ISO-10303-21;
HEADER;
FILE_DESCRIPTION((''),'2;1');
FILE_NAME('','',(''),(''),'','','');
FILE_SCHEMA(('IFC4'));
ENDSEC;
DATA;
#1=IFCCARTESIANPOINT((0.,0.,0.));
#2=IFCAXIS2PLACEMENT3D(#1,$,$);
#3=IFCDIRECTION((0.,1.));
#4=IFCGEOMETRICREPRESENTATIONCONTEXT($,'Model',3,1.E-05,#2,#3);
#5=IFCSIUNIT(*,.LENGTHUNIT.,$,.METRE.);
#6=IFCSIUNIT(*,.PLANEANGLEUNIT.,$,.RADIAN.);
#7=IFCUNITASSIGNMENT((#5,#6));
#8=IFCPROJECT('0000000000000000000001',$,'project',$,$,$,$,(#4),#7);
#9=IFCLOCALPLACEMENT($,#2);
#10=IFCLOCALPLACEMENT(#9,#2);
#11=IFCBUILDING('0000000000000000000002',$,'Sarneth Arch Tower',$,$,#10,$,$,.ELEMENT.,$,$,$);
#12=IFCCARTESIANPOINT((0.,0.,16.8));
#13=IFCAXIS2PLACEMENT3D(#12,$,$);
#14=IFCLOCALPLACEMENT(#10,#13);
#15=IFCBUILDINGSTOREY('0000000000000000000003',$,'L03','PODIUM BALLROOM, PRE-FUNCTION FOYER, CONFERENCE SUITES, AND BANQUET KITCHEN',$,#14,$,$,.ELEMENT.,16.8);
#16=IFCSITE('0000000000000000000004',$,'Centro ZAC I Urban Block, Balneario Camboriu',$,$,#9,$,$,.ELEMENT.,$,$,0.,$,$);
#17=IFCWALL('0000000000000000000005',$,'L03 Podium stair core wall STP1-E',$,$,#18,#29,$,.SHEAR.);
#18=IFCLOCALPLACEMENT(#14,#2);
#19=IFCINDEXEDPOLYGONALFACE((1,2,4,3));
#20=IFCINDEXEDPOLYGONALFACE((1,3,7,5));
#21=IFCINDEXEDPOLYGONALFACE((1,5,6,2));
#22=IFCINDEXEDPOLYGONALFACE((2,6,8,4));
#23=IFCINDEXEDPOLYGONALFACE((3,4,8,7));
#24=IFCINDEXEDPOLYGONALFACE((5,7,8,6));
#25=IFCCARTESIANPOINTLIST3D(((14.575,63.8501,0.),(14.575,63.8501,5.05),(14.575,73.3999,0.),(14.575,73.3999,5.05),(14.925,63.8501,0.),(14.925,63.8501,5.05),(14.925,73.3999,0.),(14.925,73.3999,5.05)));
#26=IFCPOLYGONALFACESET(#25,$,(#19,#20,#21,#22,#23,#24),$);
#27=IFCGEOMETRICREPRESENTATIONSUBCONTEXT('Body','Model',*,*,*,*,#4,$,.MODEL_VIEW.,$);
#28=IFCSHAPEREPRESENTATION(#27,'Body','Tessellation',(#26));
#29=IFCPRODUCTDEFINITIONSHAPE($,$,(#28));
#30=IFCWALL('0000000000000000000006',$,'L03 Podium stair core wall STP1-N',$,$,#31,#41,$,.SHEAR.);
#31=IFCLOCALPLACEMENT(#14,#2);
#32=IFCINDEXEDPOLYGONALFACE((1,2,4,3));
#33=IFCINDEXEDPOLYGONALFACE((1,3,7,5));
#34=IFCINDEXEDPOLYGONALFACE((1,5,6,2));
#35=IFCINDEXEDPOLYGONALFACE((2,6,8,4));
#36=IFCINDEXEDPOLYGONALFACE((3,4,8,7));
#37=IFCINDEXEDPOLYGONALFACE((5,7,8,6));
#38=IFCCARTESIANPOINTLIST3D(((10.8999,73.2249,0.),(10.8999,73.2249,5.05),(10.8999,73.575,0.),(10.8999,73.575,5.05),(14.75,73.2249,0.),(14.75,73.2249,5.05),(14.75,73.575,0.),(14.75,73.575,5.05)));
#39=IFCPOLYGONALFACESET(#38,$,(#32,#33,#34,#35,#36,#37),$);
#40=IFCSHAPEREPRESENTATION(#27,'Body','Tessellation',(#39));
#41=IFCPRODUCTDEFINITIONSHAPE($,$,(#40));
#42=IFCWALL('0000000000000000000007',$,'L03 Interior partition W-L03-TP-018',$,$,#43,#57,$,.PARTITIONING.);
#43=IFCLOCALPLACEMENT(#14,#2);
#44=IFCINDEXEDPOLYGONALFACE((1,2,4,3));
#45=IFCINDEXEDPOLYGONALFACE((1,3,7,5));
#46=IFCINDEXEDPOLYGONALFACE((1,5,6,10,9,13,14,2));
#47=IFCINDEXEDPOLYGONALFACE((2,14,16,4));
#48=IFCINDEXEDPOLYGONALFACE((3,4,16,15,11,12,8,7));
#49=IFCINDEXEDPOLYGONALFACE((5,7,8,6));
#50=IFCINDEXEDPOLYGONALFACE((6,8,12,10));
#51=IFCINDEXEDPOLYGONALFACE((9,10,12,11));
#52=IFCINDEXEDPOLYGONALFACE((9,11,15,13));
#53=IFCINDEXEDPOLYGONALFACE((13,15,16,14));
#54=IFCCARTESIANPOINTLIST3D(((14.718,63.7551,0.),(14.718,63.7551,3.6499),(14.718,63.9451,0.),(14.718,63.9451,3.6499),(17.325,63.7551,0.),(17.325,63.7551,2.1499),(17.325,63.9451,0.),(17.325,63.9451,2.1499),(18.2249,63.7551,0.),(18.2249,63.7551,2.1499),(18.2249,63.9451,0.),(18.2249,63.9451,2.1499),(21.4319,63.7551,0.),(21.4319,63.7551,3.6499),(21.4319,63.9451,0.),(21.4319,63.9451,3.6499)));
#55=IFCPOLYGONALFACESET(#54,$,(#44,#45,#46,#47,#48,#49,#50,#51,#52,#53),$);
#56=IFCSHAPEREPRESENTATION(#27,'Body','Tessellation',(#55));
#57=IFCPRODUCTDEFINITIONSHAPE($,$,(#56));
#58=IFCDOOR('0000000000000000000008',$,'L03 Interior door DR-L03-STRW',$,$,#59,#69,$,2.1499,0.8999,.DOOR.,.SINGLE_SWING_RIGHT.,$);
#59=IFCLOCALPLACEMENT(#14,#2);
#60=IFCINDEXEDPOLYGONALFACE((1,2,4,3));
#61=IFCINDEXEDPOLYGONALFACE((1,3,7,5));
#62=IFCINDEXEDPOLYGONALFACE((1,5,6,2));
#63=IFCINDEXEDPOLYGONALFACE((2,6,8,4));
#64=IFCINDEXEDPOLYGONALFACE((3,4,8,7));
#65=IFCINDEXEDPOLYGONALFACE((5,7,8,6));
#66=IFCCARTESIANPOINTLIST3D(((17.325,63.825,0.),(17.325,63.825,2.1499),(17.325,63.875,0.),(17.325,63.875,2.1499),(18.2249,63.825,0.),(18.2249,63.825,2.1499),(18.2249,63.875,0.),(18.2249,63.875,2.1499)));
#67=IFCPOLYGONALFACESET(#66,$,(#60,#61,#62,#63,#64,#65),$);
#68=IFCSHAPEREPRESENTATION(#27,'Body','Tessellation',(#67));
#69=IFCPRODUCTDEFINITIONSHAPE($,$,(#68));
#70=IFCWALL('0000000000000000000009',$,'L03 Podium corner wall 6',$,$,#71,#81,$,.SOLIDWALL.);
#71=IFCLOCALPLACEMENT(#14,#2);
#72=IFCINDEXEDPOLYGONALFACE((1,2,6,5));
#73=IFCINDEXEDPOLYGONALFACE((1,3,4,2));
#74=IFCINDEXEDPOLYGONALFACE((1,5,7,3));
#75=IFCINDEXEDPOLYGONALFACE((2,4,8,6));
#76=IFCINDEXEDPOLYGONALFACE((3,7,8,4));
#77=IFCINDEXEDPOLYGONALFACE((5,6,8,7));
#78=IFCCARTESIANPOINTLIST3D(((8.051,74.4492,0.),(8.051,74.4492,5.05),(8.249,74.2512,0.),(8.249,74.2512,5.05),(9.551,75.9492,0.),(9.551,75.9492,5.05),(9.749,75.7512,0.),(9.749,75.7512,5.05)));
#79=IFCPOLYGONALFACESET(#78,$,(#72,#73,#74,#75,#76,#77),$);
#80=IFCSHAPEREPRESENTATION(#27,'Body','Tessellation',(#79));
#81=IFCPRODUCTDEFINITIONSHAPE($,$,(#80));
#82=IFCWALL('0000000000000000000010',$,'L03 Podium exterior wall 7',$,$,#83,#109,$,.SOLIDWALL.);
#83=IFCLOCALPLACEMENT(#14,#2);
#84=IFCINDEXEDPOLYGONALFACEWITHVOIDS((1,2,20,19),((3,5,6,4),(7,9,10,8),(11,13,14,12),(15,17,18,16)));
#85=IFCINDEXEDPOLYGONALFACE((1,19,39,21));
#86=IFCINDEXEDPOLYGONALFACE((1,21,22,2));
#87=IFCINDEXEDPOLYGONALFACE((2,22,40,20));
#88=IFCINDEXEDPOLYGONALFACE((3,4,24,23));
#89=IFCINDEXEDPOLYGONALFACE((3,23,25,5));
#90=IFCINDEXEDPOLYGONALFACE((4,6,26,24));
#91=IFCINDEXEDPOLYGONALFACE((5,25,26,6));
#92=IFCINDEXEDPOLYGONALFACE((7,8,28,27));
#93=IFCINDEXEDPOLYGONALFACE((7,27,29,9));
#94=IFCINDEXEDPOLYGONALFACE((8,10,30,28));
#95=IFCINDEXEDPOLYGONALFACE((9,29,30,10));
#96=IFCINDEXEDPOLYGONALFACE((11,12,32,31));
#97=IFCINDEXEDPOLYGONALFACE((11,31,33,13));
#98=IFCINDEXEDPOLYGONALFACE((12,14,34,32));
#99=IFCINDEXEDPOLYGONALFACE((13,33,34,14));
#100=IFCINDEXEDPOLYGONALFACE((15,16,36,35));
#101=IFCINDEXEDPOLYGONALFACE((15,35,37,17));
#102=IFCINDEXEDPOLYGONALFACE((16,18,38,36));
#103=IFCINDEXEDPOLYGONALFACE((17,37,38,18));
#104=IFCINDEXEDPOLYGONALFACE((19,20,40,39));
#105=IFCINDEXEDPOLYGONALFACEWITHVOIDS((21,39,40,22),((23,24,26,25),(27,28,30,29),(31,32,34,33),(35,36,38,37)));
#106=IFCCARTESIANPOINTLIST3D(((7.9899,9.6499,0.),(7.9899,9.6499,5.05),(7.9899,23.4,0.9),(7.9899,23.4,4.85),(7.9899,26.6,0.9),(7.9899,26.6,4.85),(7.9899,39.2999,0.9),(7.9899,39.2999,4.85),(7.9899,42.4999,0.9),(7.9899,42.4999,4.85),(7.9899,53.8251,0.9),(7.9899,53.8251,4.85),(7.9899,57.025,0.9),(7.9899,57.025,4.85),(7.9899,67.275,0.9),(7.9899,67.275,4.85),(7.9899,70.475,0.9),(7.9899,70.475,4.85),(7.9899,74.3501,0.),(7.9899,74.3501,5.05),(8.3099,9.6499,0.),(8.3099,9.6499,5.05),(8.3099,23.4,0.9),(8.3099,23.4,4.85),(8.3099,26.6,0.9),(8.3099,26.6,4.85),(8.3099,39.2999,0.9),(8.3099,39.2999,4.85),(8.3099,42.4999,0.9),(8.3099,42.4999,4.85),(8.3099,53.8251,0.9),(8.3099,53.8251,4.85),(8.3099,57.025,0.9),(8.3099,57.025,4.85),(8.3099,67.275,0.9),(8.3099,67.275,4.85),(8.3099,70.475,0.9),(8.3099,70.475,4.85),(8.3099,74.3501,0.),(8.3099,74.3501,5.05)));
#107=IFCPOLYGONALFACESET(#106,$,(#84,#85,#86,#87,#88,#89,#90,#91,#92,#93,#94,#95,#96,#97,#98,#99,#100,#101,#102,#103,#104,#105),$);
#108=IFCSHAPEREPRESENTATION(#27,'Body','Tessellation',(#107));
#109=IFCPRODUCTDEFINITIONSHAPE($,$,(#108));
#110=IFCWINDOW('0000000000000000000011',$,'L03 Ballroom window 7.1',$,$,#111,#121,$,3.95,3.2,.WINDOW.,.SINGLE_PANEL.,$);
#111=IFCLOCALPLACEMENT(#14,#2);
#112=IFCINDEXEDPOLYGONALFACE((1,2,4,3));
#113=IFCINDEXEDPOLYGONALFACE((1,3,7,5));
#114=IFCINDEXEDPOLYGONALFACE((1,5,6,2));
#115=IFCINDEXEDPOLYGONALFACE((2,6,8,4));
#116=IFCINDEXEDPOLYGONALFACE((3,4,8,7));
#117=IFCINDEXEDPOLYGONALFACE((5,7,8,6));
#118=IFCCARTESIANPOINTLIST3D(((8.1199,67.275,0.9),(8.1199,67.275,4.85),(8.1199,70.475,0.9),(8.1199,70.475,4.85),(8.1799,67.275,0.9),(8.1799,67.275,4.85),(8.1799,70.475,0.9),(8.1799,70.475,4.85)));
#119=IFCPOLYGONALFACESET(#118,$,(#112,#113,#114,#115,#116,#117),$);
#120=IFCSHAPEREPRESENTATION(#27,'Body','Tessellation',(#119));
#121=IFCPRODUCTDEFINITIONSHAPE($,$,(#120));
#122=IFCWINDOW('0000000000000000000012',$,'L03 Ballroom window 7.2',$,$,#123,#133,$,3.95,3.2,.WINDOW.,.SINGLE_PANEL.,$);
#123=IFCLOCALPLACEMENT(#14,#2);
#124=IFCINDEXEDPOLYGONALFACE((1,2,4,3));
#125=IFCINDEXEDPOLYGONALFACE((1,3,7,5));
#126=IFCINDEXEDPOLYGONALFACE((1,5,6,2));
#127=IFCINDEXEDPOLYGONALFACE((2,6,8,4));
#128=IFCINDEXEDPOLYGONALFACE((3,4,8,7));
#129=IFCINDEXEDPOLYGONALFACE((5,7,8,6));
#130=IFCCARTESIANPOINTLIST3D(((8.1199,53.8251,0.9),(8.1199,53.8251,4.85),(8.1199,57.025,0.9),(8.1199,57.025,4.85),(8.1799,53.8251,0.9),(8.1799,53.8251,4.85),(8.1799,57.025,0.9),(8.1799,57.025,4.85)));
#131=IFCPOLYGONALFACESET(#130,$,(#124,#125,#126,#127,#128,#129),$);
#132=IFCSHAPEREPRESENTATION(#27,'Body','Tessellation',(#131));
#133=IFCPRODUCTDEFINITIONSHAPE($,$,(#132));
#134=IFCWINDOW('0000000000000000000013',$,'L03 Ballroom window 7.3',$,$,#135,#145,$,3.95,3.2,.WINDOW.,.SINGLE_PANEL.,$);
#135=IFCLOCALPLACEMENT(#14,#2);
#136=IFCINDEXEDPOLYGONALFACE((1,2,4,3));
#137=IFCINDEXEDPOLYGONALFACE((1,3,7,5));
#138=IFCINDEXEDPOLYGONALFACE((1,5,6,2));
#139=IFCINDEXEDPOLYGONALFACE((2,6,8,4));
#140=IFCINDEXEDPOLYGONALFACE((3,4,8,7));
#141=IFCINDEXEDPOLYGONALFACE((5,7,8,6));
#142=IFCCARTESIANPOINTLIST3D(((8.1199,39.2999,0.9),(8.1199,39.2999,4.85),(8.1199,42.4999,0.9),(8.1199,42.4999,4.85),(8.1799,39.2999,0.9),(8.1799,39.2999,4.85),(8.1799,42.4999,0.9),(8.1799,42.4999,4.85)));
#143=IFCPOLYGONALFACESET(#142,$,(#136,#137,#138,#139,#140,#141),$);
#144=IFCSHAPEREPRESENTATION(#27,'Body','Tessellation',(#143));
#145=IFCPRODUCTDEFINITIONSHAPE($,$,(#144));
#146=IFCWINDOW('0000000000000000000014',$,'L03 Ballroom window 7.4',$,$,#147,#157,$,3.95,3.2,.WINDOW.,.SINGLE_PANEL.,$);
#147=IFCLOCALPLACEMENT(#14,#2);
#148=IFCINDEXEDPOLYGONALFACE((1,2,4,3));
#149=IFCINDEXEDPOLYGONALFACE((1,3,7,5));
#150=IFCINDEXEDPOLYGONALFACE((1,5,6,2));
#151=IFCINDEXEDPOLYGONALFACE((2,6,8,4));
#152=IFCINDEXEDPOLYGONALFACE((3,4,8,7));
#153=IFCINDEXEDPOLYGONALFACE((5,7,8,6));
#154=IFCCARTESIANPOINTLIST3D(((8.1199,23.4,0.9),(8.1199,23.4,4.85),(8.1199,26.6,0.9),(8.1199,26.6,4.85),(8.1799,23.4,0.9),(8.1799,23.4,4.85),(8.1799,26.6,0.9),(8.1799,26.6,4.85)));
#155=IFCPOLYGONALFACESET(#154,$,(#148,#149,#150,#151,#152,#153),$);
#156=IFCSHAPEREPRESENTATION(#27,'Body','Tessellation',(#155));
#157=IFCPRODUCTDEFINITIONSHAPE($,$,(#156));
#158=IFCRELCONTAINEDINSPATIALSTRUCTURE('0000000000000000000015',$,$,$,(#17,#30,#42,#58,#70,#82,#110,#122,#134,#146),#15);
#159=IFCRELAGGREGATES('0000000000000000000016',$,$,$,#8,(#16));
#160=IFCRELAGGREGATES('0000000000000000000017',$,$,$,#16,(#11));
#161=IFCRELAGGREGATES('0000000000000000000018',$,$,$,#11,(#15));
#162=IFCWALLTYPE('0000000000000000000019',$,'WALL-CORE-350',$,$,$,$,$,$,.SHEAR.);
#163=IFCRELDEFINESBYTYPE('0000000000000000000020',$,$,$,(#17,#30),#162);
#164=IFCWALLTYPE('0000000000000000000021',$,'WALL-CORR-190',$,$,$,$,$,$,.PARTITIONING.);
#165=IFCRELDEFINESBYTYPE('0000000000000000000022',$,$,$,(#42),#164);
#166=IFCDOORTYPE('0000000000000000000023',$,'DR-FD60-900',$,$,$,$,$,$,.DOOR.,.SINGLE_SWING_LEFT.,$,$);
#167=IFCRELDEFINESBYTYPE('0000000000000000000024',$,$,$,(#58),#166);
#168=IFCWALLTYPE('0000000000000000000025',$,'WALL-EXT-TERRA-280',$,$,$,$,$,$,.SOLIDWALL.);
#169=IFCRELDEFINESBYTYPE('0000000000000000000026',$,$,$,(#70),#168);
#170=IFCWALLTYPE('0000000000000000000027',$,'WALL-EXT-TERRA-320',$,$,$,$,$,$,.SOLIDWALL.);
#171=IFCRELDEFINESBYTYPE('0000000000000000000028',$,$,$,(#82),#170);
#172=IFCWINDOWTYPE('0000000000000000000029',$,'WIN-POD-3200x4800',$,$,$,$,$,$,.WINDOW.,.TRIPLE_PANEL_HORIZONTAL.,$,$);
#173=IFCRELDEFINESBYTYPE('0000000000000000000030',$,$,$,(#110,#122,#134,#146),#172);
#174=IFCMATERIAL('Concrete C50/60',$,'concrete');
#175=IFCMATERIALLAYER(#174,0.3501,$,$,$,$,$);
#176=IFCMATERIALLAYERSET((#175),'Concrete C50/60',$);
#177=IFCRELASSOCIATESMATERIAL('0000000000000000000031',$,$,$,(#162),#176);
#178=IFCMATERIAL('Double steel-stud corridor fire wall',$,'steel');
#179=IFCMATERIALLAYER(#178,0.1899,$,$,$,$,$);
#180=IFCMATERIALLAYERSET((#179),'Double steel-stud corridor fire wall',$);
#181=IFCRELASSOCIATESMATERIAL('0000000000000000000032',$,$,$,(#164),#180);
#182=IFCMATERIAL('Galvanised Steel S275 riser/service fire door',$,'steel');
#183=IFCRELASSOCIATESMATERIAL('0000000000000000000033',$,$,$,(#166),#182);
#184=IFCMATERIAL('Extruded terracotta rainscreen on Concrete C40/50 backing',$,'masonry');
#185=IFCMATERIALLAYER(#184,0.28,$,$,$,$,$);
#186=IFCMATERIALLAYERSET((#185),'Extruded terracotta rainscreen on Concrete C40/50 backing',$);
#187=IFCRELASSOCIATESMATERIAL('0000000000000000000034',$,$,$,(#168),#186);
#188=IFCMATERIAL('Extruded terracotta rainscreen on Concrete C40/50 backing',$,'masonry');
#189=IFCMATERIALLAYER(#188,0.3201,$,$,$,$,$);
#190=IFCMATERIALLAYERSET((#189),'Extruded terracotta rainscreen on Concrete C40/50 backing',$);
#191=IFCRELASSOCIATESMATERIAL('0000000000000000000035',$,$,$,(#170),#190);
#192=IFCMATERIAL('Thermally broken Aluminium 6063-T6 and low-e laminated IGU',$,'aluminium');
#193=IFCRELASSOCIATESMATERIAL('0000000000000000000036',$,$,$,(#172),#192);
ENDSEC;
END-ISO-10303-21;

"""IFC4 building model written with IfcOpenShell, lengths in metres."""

from ifc_helpers import new_model, si_unit, direction, frame, frame_2d, origin, place, context, subcontext, project, spatial, rectangle, extrude, material, layer, layer_set, type_object, element, fill, save


model = new_model("IFC4")

# Units and contexts
model_context = context("Model", 3, precision=1e-05, world=origin(), true_north=direction((0.0, 1.0)))
body_context = subcontext(model_context, "Body", "Model", "MODEL_VIEW")
ifc_project = project(units=[si_unit("LENGTHUNIT", "METRE"), si_unit("PLANEANGLEUNIT", "RADIAN")], contexts=[model_context])

# Site, building, storey
site_placement = place(None, origin())
site = spatial("IfcSite", under=ifc_project, at=site_placement, Name="Centro ZAC I Urban Block, Balneario Camboriu", CompositionType="ELEMENT", RefElevation=0.0)
building_placement = place(site_placement, origin())
building = spatial("IfcBuilding", under=site, at=building_placement, Name="Sarneth Arch Tower", CompositionType="ELEMENT")
storey_placement = place(building_placement, frame((0.0, 0.0, 16.8)))
storey = spatial("IfcBuildingStorey", under=building, at=storey_placement, Name="L03", Description="PODIUM BALLROOM, PRE-FUNCTION FOYER, CONFERENCE SUITES, AND BANQUET KITCHEN", CompositionType="ELEMENT", Elevation=16.8)

# Walls
ifc_material_1 = material(Name="Concrete C50/60", Category="concrete")
ifc_layer_1 = layer(ifc_material_1, 0.3501)
ifc_layer_set_1 = layer_set([ifc_layer_1], Name="Concrete C50/60")
wall_type_1 = type_object("IfcWallType", Name="WALL-CORE-350", PredefinedType="SHEAR", material=ifc_layer_set_1)
wall_1_placement = place(storey_placement, frame((14.75, 63.8501, 0.0), z_axis=(0.0, 0.0, 1.0), x_axis=(0.0, 1.0, 0.0)))
element("IfcWall", 1, at=wall_1_placement, inside=storey, type_object=wall_type_1, Name="L03 Podium stair core wall STP1-E", PredefinedType="SHEAR", context=body_context, shape_type="SweptSolid", body=[
    extrude(rectangle(XDim=9.5498, YDim=0.3501, at=frame_2d((4.7749, 0.0))), origin(), (0.0, 0.0, 1.0), 5.05),
])
wall_2_placement = place(storey_placement, frame((10.8999, 73.3999, 0.0), z_axis=(0.0, 0.0, 1.0), x_axis=(1.0, 0.0, 0.0)))
element("IfcWall", 2, at=wall_2_placement, inside=storey, type_object=wall_type_1, Name="L03 Podium stair core wall STP1-N", PredefinedType="SHEAR", context=body_context, shape_type="SweptSolid", body=[
    extrude(rectangle(XDim=3.8501, YDim=0.3501, at=frame_2d((1.925, 0.0))), origin(), (0.0, 0.0, 1.0), 5.05),
])

# Wall, opening, door
ifc_material_2 = material(Name="Double steel-stud corridor fire wall", Category="steel")
ifc_layer_2 = layer(ifc_material_2, 0.1899)
ifc_layer_set_2 = layer_set([ifc_layer_2], Name="Double steel-stud corridor fire wall")
wall_type_2 = type_object("IfcWallType", Name="WALL-CORR-190", PredefinedType="PARTITIONING", material=ifc_layer_set_2)
wall_3_placement = place(storey_placement, frame((14.718, 63.8501, 0.0), z_axis=(0.0, 0.0, 1.0), x_axis=(1.0, 0.0, 0.0)))
wall_3 = element("IfcWall", 3, at=wall_3_placement, inside=storey, type_object=wall_type_2, Name="L03 Interior partition W-L03-TP-018", PredefinedType="PARTITIONING", context=body_context, shape_type="SweptSolid", body=[
    extrude(rectangle(XDim=6.7139, YDim=0.1899, at=frame_2d((3.3569, 0.0))), origin(), (0.0, 0.0, 1.0), 3.6499),
])
opening_1_placement = place(wall_3_placement, frame((2.6069, 0.0, 0.0)))
opening_1 = element("IfcOpeningElement", 4, at=opening_1_placement, cuts=wall_3, PredefinedType="OPENING", context=body_context, shape_type="SweptSolid", body=[
    extrude(rectangle(XDim=0.8999, YDim=2.1499, at=frame_2d((0.45, 1.075))), frame((0.0, 0.105, 0.0), z_axis=(0.0, -1.0, 0.0), x_axis=(1.0, 0.0, 0.0)), (0.0, 0.0, 1.0), 0.21),
])
ifc_material_3 = material(Name="Galvanised Steel S275 riser/service fire door", Category="steel")
door_type = type_object("IfcDoorType", Name="DR-FD60-900", OperationType="SINGLE_SWING_LEFT", PredefinedType="DOOR", material=ifc_material_3)
door_placement = place(opening_1_placement, origin())
door = element("IfcDoor", 5, at=door_placement, inside=storey, type_object=door_type, Name="L03 Interior door DR-L03-STRW", OperationType="SINGLE_SWING_RIGHT", OverallHeight=2.1499, OverallWidth=0.8999, PredefinedType="DOOR", context=body_context, shape_type="SweptSolid", body=[
    extrude(rectangle(XDim=0.8999, YDim=2.1499, at=frame_2d((0.45, 1.075))), frame((0.0, 0.0249, 0.0), z_axis=(0.0, -1.0, 0.0), x_axis=(1.0, 0.0, 0.0)), (0.0, 0.0, 1.0), 0.05),
])
fill(opening_1, door)

# Wall
ifc_material_4 = material(Name="Extruded terracotta rainscreen on Concrete C40/50 backing", Category="masonry")
ifc_layer_3 = layer(ifc_material_4, 0.28)
ifc_layer_set_3 = layer_set([ifc_layer_3], Name="Extruded terracotta rainscreen on Concrete C40/50 backing")
wall_type_3 = type_object("IfcWallType", Name="WALL-EXT-TERRA-280", PredefinedType="SOLIDWALL", material=ifc_layer_set_3)
wall_4_placement = place(storey_placement, frame((9.6499, 75.8501, 0.0), z_axis=(0.0, 0.0, 1.0), x_axis=(-0.707107, -0.707107, 0.0)))
element("IfcWall", 6, at=wall_4_placement, inside=storey, type_object=wall_type_3, Name="L03 Podium corner wall 6", PredefinedType="SOLIDWALL", context=body_context, shape_type="SweptSolid", body=[
    extrude(rectangle(XDim=2.1213, YDim=0.28, at=frame_2d((1.0605, 0.0))), origin(), (0.0, 0.0, 1.0), 5.05),
])

# Wall, openings, windows
ifc_material_5 = material(Name="Extruded terracotta rainscreen on Concrete C40/50 backing", Category="masonry")
ifc_layer_4 = layer(ifc_material_5, 0.3201)
ifc_layer_set_4 = layer_set([ifc_layer_4], Name="Extruded terracotta rainscreen on Concrete C40/50 backing")
wall_type_4 = type_object("IfcWallType", Name="WALL-EXT-TERRA-320", PredefinedType="SOLIDWALL", material=ifc_layer_set_4)
wall_5_placement = place(storey_placement, frame((8.1499, 74.3501, 0.0), z_axis=(0.0, 0.0, 1.0), x_axis=(0.0, -1.0, 0.0)))
wall_5 = element("IfcWall", 7, at=wall_5_placement, inside=storey, type_object=wall_type_4, Name="L03 Podium exterior wall 7", PredefinedType="SOLIDWALL", context=body_context, shape_type="SweptSolid", body=[
    extrude(rectangle(XDim=64.7002, YDim=0.3201, at=frame_2d((32.3501, 0.0))), origin(), (0.0, 0.0, 1.0), 5.05),
])
opening_2_placement = place(wall_5_placement, frame((3.875, 0.0, 0.8999)))
opening_2 = element("IfcOpeningElement", 8, at=opening_2_placement, cuts=wall_5, PredefinedType="OPENING", context=body_context, shape_type="SweptSolid", body=[
    extrude(rectangle(XDim=3.2, YDim=3.95, at=frame_2d((1.6001, 1.9751))), frame((0.0, 0.1699, 0.0), z_axis=(0.0, -1.0, 0.0), x_axis=(1.0, 0.0, 0.0)), (0.0, 0.0, 1.0), 0.3401),
])
opening_3_placement = place(wall_5_placement, frame((17.325, 0.0, 0.8999)))
opening_3 = element("IfcOpeningElement", 9, at=opening_3_placement, cuts=wall_5, PredefinedType="OPENING", context=body_context, shape_type="SweptSolid", body=[
    extrude(rectangle(XDim=3.2, YDim=3.95, at=frame_2d((1.6001, 1.9751))), frame((0.0, 0.1699, 0.0), z_axis=(0.0, -1.0, 0.0), x_axis=(1.0, 0.0, 0.0)), (0.0, 0.0, 1.0), 0.3401),
])
opening_4_placement = place(wall_5_placement, frame((31.8501, 0.0, 0.8999)))
opening_4 = element("IfcOpeningElement", 10, at=opening_4_placement, cuts=wall_5, PredefinedType="OPENING", context=body_context, shape_type="SweptSolid", body=[
    extrude(rectangle(XDim=3.2, YDim=3.95, at=frame_2d((1.6001, 1.9751))), frame((0.0, 0.1699, 0.0), z_axis=(0.0, -1.0, 0.0), x_axis=(1.0, 0.0, 0.0)), (0.0, 0.0, 1.0), 0.3401),
])
opening_5_placement = place(wall_5_placement, frame((47.75, 0.0, 0.8999)))
opening_5 = element("IfcOpeningElement", 11, at=opening_5_placement, cuts=wall_5, PredefinedType="OPENING", context=body_context, shape_type="SweptSolid", body=[
    extrude(rectangle(XDim=3.2, YDim=3.95, at=frame_2d((1.6001, 1.9751))), frame((0.0, 0.1699, 0.0), z_axis=(0.0, -1.0, 0.0), x_axis=(1.0, 0.0, 0.0)), (0.0, 0.0, 1.0), 0.3401),
])
ifc_material_6 = material(Name="Thermally broken Aluminium 6063-T6 and low-e laminated IGU", Category="aluminium")
window_type = type_object("IfcWindowType", Name="WIN-POD-3200x4800", PartitioningType="TRIPLE_PANEL_HORIZONTAL", PredefinedType="WINDOW", material=ifc_material_6)
window_1_placement = place(opening_2_placement, origin())
window_1 = element("IfcWindow", 12, at=window_1_placement, inside=storey, type_object=window_type, Name="L03 Ballroom window 7.1", OverallHeight=3.95, OverallWidth=3.2, PartitioningType="SINGLE_PANEL", PredefinedType="WINDOW", context=body_context, shape_type="SweptSolid", body=[
    extrude(rectangle(XDim=3.2, YDim=3.95, at=frame_2d((1.6001, 1.9751))), frame((0.0, 0.03, 0.0), z_axis=(0.0, -1.0, 0.0), x_axis=(1.0, 0.0, 0.0)), (0.0, 0.0, 1.0), 0.0601),
])
fill(opening_2, window_1)
window_2_placement = place(opening_3_placement, origin())
window_2 = element("IfcWindow", 13, at=window_2_placement, inside=storey, type_object=window_type, Name="L03 Ballroom window 7.2", OverallHeight=3.95, OverallWidth=3.2, PartitioningType="SINGLE_PANEL", PredefinedType="WINDOW", context=body_context, shape_type="SweptSolid", body=[
    extrude(rectangle(XDim=3.2, YDim=3.95, at=frame_2d((1.6001, 1.9751))), frame((0.0, 0.03, 0.0), z_axis=(0.0, -1.0, 0.0), x_axis=(1.0, 0.0, 0.0)), (0.0, 0.0, 1.0), 0.0601),
])
fill(opening_3, window_2)
window_3_placement = place(opening_4_placement, origin())
window_3 = element("IfcWindow", 14, at=window_3_placement, inside=storey, type_object=window_type, Name="L03 Ballroom window 7.3", OverallHeight=3.95, OverallWidth=3.2, PartitioningType="SINGLE_PANEL", PredefinedType="WINDOW", context=body_context, shape_type="SweptSolid", body=[
    extrude(rectangle(XDim=3.2, YDim=3.95, at=frame_2d((1.6001, 1.9751))), frame((0.0, 0.03, 0.0), z_axis=(0.0, -1.0, 0.0), x_axis=(1.0, 0.0, 0.0)), (0.0, 0.0, 1.0), 0.0601),
])
fill(opening_4, window_3)
window_4_placement = place(opening_5_placement, origin())
window_4 = element("IfcWindow", 15, at=window_4_placement, inside=storey, type_object=window_type, Name="L03 Ballroom window 7.4", OverallHeight=3.95, OverallWidth=3.2, PartitioningType="SINGLE_PANEL", PredefinedType="WINDOW", context=body_context, shape_type="SweptSolid", body=[
    extrude(rectangle(XDim=3.2, YDim=3.95, at=frame_2d((1.6001, 1.9751))), frame((0.0, 0.03, 0.0), z_axis=(0.0, -1.0, 0.0), x_axis=(1.0, 0.0, 0.0)), (0.0, 0.0, 1.0), 0.0601),
])
fill(opening_5, window_4)

save(model, "model.ifc")
